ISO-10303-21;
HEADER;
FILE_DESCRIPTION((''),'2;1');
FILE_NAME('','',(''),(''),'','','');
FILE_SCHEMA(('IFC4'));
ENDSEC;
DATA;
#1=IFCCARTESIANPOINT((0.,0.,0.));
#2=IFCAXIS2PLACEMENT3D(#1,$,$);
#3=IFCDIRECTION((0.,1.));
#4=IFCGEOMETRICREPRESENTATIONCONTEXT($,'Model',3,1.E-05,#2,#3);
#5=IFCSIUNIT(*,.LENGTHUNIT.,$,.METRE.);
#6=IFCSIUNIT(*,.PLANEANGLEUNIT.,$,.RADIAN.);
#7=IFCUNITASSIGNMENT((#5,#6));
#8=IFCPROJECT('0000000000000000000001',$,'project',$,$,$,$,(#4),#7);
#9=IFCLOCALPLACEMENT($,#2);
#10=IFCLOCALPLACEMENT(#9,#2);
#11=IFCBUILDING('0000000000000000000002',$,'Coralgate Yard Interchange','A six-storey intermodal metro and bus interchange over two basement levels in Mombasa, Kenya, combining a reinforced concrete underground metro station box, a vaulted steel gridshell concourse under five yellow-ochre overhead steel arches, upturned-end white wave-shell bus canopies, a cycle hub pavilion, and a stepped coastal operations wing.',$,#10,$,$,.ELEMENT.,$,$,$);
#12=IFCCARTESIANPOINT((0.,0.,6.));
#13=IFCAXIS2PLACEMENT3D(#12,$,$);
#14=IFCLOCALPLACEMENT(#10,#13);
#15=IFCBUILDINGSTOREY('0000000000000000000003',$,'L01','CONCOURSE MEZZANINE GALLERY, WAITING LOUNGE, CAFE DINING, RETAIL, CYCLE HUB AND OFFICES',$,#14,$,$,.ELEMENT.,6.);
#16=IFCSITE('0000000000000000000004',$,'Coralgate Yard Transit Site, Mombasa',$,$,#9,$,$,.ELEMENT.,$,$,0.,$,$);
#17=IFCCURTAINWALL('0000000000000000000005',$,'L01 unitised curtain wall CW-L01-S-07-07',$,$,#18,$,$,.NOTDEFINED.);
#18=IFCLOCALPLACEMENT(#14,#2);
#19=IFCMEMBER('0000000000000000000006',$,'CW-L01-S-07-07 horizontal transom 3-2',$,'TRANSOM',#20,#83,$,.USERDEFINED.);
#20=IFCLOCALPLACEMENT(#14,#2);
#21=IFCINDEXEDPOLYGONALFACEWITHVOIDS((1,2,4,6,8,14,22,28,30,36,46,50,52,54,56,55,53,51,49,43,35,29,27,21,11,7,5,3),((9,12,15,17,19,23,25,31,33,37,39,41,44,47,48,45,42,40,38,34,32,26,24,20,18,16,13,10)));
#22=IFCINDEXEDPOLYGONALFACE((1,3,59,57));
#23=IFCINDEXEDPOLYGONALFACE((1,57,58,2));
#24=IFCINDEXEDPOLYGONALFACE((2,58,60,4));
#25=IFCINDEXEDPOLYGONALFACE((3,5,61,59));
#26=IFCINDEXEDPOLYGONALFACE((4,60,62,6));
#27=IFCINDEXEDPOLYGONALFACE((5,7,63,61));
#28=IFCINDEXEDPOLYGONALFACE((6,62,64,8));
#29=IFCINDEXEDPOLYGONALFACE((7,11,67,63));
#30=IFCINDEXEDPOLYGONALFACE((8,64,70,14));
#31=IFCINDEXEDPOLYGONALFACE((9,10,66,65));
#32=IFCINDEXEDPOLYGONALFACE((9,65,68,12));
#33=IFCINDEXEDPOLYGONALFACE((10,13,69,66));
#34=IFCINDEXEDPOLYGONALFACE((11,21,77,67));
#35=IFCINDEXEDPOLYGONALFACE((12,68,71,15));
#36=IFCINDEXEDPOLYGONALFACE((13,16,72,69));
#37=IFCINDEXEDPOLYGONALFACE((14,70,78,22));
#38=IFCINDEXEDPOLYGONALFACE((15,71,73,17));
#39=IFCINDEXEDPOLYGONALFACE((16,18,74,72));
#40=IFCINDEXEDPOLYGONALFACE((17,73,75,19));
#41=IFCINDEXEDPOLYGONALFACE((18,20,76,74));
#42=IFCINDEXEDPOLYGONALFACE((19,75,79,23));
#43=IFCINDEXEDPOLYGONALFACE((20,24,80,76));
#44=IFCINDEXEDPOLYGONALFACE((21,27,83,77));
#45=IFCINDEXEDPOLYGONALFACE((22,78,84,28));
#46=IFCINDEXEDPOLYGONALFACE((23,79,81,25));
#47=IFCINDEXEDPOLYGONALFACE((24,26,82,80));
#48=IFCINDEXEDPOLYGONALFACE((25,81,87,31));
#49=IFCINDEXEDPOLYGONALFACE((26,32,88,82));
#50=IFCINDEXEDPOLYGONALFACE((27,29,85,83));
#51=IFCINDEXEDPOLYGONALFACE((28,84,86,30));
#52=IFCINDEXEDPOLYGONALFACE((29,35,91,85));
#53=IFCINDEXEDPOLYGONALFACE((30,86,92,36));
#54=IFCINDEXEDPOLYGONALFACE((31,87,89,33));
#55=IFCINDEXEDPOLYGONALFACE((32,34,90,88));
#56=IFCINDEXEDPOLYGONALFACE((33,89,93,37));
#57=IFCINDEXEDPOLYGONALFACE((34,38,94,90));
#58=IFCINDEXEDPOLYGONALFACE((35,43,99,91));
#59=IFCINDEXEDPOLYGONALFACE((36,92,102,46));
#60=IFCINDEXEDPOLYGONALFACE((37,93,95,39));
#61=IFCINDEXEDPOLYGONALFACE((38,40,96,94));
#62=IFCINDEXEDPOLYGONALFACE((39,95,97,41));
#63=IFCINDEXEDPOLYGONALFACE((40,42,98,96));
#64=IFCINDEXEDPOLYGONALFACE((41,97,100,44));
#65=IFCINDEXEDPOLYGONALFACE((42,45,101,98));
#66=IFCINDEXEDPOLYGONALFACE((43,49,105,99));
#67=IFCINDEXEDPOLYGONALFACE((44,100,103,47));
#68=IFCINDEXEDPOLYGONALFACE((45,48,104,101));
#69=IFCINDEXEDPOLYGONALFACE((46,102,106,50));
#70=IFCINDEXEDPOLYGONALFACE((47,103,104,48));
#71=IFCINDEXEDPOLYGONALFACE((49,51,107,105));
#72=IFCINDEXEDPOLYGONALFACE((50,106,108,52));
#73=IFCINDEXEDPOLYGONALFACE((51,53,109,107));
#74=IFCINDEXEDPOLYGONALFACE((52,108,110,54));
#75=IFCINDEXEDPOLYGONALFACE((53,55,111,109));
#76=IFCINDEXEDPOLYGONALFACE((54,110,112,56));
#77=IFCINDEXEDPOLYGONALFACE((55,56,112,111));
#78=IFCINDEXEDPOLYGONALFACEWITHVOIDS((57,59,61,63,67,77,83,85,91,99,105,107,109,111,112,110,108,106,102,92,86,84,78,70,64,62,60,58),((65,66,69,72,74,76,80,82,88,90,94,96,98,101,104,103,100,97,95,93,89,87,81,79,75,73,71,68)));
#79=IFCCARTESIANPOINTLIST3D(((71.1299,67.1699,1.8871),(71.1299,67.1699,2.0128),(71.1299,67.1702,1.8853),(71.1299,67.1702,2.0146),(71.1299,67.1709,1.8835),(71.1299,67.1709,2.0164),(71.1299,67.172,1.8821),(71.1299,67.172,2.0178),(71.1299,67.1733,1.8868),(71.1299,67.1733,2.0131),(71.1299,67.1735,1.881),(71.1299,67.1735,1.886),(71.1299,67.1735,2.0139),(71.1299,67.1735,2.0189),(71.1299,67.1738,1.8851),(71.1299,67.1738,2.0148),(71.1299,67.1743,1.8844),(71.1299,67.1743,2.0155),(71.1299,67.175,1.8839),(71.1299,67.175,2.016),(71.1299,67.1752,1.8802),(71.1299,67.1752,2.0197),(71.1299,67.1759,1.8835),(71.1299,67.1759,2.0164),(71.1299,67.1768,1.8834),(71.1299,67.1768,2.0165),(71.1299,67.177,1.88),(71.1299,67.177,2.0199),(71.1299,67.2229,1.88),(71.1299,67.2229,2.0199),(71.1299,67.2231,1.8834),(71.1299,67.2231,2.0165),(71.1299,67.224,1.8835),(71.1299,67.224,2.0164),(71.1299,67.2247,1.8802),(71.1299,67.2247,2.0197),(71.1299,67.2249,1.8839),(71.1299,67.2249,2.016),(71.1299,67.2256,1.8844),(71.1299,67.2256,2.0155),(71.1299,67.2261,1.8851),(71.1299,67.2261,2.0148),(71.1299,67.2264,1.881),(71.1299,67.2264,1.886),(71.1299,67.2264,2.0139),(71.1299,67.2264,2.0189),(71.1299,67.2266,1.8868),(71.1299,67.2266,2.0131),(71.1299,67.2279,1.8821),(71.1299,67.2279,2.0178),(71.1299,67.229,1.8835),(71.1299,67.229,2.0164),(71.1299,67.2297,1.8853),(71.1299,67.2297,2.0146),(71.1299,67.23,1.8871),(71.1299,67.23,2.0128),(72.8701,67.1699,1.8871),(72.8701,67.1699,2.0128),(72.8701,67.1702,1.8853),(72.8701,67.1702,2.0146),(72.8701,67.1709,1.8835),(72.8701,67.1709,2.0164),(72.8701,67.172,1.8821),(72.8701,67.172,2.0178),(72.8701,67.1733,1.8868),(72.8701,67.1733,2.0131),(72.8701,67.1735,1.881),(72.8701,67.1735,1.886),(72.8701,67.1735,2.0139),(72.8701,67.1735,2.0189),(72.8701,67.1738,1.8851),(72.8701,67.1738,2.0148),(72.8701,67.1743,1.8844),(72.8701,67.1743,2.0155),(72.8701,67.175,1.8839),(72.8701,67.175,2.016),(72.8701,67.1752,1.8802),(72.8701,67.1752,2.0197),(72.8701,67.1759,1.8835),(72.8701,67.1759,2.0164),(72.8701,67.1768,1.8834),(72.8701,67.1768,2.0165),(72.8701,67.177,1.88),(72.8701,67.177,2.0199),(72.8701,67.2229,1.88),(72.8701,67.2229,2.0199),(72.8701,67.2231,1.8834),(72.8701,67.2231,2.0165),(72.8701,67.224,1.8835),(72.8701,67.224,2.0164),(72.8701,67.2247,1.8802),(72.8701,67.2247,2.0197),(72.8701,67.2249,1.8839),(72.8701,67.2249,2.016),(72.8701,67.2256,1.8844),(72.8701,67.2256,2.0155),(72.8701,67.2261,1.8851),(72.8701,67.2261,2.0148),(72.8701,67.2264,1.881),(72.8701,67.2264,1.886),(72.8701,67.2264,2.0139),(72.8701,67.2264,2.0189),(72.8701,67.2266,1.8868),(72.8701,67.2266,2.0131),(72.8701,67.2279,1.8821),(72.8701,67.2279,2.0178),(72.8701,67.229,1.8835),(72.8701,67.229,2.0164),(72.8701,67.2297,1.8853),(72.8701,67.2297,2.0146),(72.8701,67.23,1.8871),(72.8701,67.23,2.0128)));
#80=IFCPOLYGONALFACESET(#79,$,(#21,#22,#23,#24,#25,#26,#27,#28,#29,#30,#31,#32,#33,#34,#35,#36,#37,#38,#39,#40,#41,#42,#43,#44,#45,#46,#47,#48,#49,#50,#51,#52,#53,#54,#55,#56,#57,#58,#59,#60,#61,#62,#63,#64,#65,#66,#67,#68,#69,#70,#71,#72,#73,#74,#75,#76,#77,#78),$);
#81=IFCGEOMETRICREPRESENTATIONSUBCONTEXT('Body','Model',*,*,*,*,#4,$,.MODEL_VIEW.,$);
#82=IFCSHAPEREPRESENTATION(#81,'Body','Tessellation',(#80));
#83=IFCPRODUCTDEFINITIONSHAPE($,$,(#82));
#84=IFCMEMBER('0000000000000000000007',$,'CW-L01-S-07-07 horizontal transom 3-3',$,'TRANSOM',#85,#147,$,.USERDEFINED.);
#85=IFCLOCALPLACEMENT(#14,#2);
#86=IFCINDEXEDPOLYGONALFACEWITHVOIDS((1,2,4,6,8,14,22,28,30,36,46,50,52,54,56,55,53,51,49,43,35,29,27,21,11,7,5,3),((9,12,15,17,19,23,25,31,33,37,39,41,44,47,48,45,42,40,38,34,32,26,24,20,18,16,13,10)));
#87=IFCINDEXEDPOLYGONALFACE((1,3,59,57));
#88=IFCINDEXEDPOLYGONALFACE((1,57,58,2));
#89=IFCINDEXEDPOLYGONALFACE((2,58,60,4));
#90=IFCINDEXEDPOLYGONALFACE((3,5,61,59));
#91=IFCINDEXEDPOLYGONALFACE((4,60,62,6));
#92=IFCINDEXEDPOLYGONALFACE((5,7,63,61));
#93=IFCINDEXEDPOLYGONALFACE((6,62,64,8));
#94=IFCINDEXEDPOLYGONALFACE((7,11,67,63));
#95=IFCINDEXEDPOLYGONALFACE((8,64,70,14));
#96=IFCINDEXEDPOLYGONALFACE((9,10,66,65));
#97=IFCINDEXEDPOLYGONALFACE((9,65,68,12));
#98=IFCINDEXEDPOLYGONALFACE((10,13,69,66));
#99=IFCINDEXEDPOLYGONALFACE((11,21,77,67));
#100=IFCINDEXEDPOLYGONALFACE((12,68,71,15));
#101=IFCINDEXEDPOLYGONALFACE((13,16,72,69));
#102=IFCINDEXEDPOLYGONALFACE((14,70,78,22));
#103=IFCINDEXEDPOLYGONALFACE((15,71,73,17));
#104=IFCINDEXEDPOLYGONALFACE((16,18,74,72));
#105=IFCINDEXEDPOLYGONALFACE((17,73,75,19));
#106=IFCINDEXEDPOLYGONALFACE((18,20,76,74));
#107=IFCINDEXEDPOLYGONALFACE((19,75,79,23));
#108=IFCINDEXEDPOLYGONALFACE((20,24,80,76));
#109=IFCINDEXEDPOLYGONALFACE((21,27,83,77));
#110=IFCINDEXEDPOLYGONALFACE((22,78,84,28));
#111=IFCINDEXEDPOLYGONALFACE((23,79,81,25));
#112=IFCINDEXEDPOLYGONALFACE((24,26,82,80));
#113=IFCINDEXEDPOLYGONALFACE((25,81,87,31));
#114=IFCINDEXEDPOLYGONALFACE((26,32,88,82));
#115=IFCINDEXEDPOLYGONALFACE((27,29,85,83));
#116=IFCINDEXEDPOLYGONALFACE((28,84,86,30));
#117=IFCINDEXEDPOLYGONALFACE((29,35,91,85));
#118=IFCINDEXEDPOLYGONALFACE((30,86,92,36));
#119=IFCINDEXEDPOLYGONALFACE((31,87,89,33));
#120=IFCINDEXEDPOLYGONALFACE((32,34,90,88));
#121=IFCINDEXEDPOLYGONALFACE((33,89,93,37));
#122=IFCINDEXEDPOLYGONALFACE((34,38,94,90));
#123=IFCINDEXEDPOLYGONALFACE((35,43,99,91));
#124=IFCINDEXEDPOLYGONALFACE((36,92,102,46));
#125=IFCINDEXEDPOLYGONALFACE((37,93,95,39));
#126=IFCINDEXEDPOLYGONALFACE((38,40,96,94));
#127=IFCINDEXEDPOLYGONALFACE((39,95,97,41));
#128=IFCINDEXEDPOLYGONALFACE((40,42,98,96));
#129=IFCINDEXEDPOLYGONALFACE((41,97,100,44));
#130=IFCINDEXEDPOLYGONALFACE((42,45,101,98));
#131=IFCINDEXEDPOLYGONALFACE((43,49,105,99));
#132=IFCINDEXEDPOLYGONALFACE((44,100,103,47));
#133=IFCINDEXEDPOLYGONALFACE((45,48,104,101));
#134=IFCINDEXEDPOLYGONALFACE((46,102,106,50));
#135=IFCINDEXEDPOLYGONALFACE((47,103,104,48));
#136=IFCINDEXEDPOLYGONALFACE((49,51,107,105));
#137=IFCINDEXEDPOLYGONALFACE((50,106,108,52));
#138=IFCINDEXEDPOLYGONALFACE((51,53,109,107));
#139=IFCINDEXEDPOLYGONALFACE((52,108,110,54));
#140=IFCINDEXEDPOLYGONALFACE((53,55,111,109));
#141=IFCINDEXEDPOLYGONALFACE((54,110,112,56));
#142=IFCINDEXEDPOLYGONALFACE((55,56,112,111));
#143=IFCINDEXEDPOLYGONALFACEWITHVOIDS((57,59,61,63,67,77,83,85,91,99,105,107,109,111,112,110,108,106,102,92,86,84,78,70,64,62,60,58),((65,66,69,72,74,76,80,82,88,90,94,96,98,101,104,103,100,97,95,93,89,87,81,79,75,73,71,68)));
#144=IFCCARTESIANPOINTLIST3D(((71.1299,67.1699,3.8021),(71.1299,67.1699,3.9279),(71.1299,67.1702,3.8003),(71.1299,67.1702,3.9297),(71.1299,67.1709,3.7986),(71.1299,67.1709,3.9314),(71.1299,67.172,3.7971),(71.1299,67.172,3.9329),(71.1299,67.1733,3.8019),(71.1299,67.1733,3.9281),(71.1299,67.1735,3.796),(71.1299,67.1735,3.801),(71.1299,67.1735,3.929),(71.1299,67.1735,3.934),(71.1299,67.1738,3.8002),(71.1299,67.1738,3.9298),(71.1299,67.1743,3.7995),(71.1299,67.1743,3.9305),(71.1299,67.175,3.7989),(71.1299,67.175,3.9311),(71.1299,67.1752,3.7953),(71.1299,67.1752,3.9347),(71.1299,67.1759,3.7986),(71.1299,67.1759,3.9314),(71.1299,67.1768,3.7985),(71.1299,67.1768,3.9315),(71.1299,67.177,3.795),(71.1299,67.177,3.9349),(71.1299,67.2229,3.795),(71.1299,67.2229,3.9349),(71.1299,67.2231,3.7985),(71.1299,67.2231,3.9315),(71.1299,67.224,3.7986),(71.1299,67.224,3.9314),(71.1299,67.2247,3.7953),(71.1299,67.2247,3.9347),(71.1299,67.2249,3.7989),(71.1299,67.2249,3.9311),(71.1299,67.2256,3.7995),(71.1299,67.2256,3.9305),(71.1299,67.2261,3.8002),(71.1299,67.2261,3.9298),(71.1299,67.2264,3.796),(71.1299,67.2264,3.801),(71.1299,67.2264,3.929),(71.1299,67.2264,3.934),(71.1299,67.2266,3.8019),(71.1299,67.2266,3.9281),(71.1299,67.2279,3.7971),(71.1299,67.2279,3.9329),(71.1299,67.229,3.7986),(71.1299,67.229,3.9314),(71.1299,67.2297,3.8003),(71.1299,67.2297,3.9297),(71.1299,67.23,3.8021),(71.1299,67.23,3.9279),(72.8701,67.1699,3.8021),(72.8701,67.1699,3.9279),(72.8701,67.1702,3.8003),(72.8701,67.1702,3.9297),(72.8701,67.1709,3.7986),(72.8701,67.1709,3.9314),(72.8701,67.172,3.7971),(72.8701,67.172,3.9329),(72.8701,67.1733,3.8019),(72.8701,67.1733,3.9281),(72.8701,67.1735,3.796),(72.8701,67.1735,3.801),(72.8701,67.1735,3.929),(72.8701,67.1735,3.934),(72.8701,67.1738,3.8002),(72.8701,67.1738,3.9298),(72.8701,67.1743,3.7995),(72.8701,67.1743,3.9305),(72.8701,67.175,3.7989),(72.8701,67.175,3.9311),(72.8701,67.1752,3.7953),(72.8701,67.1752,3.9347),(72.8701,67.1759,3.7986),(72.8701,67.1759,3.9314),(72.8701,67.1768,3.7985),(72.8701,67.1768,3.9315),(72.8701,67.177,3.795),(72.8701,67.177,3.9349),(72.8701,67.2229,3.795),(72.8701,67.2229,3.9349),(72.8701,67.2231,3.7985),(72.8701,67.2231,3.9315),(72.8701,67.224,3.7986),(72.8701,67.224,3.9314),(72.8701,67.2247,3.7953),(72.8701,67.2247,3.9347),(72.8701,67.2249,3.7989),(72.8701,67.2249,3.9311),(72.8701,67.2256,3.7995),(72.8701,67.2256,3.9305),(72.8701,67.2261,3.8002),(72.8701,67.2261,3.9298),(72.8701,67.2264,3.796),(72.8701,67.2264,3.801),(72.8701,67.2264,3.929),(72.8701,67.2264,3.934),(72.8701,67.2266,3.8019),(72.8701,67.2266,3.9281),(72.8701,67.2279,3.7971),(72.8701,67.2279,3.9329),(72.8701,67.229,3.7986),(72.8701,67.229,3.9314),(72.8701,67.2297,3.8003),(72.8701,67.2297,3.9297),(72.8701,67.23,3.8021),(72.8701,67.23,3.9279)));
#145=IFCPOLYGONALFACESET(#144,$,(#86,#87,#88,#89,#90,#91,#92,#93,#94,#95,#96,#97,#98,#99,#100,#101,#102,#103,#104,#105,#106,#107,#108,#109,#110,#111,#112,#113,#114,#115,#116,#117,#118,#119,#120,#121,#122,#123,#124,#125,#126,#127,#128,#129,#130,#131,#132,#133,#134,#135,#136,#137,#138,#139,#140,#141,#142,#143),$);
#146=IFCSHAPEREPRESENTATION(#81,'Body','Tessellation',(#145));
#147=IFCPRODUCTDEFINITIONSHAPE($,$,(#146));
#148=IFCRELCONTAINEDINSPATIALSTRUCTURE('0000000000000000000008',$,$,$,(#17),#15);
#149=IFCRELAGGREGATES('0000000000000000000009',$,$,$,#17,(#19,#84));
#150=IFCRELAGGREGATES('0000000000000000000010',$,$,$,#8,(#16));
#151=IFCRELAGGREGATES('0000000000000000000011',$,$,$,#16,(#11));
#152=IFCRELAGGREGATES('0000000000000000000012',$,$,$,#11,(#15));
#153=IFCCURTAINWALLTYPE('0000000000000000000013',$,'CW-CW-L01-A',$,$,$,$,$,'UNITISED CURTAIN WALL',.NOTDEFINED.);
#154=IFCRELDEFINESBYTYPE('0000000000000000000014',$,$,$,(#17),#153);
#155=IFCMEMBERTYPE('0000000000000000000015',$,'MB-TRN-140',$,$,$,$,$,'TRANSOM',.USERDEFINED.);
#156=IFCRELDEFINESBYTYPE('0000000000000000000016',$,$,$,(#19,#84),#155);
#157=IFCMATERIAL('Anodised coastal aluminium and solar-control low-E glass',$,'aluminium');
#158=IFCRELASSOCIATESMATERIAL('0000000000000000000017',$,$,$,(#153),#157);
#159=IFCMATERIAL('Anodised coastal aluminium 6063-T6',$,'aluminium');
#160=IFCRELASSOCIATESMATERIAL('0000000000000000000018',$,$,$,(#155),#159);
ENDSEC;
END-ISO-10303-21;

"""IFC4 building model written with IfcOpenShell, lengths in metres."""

from ifc_helpers import new_model, si_unit, direction, frame, origin, origin_2d, place, context, subcontext, project, spatial, hollow_rectangle, extrude, material, material_profile, profile_set, type_object, element, aggregate, save


model = new_model("IFC4")

# Units and contexts
model_context = context("Model", 3, precision=1e-05, world=origin(), true_north=direction((0.0, 1.0)))
body_context = subcontext(model_context, "Body", "Model", "MODEL_VIEW")
ifc_project = project(units=[si_unit("LENGTHUNIT", "METRE"), si_unit("PLANEANGLEUNIT", "RADIAN")], contexts=[model_context])

# Site, building, storey
site_placement = place(None, origin())
site = spatial("IfcSite", under=ifc_project, at=site_placement, Name="Coralgate Yard Transit Site, Mombasa", CompositionType="ELEMENT", RefElevation=0.0)
building_placement = place(site_placement, origin())
building = spatial("IfcBuilding", under=site, at=building_placement, Name="Coralgate Yard Interchange", Description="A six-storey intermodal metro and bus interchange over two basement levels in Mombasa, Kenya, combining a reinforced concrete underground metro station box, a vaulted steel gridshell concourse under five yellow-ochre overhead steel arches, upturned-end white wave-shell bus canopies, a cycle hub pavilion, and a stepped coastal operations wing.", CompositionType="ELEMENT")
storey_placement = place(building_placement, frame((0.0, 0.0, 6.0)))
storey = spatial("IfcBuildingStorey", under=building, at=storey_placement, Name="L01", Description="CONCOURSE MEZZANINE GALLERY, WAITING LOUNGE, CAFE DINING, RETAIL, CYCLE HUB AND OFFICES", CompositionType="ELEMENT", Elevation=6.0)

# Shared definitions
ifc_material_1 = material(Name="Anodised coastal aluminium and solar-control low-E glass", Category="aluminium")
curtain_wall_type = type_object("IfcCurtainWallType", Name="CW-CW-L01-A", ElementType="UNITISED CURTAIN WALL", PredefinedType="NOTDEFINED", material=ifc_material_1)
ifc_material_2 = material(Name="Anodised coastal aluminium 6063-T6", Category="aluminium")

# Curtain wall
curtain_wall_1_placement = place(storey_placement, origin())
curtain_wall_1 = element("IfcCurtainWall", 1, at=curtain_wall_1_placement, inside=storey, type_object=curtain_wall_type, Name="L01 unitised curtain wall CW-L01-S-07-07", PredefinedType="NOTDEFINED")

# Members
ifc_material_profile_1 = material_profile(ifc_material_2, hollow_rectangle(XDim=0.0601, YDim=0.1399, WallThickness=0.0034, InnerFilletRadius=0.0034, OuterFilletRadius=0.0071, at=origin_2d()), Name="ALU 60x140x3.5")
ifc_profile_set_1 = profile_set([ifc_material_profile_1], Name="Anodised coastal aluminium 6063-T6")
member_type_1 = type_object("IfcMemberType", Name="MB-TRN-140", ElementType="TRANSOM", PredefinedType="USERDEFINED", material=ifc_profile_set_1)
member_1_placement = place(storey_placement, frame((72.8701, 67.2, 1.95), z_axis=(-1.0, 0.0, 0.0), x_axis=(0.0, -1.0, 0.0)))
member_1 = element("IfcMember", 2, at=member_1_placement, type_object=member_type_1, Name="CW-L01-S-07-07 horizontal transom 3-2", ObjectType="TRANSOM", PredefinedType="USERDEFINED", context=body_context, shape_type="SweptSolid", body=[
    extrude(hollow_rectangle(XDim=0.0601, YDim=0.1399, WallThickness=0.0034, InnerFilletRadius=0.0034, OuterFilletRadius=0.0071, at=origin_2d()), origin(), (0.0, 0.0, 1.0), 1.7402),
])
member_2_placement = place(storey_placement, frame((72.8701, 67.2, 3.865), z_axis=(-1.0, 0.0, 0.0), x_axis=(0.0, -1.0, 0.0)))
member_2 = element("IfcMember", 3, at=member_2_placement, type_object=member_type_1, Name="CW-L01-S-07-07 horizontal transom 3-3", ObjectType="TRANSOM", PredefinedType="USERDEFINED", context=body_context, shape_type="SweptSolid", body=[
    extrude(hollow_rectangle(XDim=0.0601, YDim=0.1399, WallThickness=0.0034, InnerFilletRadius=0.0034, OuterFilletRadius=0.0071, at=origin_2d()), origin(), (0.0, 0.0, 1.0), 1.7402),
])

aggregate(curtain_wall_1, [member_1, member_2])

save(model, "model.ifc")
